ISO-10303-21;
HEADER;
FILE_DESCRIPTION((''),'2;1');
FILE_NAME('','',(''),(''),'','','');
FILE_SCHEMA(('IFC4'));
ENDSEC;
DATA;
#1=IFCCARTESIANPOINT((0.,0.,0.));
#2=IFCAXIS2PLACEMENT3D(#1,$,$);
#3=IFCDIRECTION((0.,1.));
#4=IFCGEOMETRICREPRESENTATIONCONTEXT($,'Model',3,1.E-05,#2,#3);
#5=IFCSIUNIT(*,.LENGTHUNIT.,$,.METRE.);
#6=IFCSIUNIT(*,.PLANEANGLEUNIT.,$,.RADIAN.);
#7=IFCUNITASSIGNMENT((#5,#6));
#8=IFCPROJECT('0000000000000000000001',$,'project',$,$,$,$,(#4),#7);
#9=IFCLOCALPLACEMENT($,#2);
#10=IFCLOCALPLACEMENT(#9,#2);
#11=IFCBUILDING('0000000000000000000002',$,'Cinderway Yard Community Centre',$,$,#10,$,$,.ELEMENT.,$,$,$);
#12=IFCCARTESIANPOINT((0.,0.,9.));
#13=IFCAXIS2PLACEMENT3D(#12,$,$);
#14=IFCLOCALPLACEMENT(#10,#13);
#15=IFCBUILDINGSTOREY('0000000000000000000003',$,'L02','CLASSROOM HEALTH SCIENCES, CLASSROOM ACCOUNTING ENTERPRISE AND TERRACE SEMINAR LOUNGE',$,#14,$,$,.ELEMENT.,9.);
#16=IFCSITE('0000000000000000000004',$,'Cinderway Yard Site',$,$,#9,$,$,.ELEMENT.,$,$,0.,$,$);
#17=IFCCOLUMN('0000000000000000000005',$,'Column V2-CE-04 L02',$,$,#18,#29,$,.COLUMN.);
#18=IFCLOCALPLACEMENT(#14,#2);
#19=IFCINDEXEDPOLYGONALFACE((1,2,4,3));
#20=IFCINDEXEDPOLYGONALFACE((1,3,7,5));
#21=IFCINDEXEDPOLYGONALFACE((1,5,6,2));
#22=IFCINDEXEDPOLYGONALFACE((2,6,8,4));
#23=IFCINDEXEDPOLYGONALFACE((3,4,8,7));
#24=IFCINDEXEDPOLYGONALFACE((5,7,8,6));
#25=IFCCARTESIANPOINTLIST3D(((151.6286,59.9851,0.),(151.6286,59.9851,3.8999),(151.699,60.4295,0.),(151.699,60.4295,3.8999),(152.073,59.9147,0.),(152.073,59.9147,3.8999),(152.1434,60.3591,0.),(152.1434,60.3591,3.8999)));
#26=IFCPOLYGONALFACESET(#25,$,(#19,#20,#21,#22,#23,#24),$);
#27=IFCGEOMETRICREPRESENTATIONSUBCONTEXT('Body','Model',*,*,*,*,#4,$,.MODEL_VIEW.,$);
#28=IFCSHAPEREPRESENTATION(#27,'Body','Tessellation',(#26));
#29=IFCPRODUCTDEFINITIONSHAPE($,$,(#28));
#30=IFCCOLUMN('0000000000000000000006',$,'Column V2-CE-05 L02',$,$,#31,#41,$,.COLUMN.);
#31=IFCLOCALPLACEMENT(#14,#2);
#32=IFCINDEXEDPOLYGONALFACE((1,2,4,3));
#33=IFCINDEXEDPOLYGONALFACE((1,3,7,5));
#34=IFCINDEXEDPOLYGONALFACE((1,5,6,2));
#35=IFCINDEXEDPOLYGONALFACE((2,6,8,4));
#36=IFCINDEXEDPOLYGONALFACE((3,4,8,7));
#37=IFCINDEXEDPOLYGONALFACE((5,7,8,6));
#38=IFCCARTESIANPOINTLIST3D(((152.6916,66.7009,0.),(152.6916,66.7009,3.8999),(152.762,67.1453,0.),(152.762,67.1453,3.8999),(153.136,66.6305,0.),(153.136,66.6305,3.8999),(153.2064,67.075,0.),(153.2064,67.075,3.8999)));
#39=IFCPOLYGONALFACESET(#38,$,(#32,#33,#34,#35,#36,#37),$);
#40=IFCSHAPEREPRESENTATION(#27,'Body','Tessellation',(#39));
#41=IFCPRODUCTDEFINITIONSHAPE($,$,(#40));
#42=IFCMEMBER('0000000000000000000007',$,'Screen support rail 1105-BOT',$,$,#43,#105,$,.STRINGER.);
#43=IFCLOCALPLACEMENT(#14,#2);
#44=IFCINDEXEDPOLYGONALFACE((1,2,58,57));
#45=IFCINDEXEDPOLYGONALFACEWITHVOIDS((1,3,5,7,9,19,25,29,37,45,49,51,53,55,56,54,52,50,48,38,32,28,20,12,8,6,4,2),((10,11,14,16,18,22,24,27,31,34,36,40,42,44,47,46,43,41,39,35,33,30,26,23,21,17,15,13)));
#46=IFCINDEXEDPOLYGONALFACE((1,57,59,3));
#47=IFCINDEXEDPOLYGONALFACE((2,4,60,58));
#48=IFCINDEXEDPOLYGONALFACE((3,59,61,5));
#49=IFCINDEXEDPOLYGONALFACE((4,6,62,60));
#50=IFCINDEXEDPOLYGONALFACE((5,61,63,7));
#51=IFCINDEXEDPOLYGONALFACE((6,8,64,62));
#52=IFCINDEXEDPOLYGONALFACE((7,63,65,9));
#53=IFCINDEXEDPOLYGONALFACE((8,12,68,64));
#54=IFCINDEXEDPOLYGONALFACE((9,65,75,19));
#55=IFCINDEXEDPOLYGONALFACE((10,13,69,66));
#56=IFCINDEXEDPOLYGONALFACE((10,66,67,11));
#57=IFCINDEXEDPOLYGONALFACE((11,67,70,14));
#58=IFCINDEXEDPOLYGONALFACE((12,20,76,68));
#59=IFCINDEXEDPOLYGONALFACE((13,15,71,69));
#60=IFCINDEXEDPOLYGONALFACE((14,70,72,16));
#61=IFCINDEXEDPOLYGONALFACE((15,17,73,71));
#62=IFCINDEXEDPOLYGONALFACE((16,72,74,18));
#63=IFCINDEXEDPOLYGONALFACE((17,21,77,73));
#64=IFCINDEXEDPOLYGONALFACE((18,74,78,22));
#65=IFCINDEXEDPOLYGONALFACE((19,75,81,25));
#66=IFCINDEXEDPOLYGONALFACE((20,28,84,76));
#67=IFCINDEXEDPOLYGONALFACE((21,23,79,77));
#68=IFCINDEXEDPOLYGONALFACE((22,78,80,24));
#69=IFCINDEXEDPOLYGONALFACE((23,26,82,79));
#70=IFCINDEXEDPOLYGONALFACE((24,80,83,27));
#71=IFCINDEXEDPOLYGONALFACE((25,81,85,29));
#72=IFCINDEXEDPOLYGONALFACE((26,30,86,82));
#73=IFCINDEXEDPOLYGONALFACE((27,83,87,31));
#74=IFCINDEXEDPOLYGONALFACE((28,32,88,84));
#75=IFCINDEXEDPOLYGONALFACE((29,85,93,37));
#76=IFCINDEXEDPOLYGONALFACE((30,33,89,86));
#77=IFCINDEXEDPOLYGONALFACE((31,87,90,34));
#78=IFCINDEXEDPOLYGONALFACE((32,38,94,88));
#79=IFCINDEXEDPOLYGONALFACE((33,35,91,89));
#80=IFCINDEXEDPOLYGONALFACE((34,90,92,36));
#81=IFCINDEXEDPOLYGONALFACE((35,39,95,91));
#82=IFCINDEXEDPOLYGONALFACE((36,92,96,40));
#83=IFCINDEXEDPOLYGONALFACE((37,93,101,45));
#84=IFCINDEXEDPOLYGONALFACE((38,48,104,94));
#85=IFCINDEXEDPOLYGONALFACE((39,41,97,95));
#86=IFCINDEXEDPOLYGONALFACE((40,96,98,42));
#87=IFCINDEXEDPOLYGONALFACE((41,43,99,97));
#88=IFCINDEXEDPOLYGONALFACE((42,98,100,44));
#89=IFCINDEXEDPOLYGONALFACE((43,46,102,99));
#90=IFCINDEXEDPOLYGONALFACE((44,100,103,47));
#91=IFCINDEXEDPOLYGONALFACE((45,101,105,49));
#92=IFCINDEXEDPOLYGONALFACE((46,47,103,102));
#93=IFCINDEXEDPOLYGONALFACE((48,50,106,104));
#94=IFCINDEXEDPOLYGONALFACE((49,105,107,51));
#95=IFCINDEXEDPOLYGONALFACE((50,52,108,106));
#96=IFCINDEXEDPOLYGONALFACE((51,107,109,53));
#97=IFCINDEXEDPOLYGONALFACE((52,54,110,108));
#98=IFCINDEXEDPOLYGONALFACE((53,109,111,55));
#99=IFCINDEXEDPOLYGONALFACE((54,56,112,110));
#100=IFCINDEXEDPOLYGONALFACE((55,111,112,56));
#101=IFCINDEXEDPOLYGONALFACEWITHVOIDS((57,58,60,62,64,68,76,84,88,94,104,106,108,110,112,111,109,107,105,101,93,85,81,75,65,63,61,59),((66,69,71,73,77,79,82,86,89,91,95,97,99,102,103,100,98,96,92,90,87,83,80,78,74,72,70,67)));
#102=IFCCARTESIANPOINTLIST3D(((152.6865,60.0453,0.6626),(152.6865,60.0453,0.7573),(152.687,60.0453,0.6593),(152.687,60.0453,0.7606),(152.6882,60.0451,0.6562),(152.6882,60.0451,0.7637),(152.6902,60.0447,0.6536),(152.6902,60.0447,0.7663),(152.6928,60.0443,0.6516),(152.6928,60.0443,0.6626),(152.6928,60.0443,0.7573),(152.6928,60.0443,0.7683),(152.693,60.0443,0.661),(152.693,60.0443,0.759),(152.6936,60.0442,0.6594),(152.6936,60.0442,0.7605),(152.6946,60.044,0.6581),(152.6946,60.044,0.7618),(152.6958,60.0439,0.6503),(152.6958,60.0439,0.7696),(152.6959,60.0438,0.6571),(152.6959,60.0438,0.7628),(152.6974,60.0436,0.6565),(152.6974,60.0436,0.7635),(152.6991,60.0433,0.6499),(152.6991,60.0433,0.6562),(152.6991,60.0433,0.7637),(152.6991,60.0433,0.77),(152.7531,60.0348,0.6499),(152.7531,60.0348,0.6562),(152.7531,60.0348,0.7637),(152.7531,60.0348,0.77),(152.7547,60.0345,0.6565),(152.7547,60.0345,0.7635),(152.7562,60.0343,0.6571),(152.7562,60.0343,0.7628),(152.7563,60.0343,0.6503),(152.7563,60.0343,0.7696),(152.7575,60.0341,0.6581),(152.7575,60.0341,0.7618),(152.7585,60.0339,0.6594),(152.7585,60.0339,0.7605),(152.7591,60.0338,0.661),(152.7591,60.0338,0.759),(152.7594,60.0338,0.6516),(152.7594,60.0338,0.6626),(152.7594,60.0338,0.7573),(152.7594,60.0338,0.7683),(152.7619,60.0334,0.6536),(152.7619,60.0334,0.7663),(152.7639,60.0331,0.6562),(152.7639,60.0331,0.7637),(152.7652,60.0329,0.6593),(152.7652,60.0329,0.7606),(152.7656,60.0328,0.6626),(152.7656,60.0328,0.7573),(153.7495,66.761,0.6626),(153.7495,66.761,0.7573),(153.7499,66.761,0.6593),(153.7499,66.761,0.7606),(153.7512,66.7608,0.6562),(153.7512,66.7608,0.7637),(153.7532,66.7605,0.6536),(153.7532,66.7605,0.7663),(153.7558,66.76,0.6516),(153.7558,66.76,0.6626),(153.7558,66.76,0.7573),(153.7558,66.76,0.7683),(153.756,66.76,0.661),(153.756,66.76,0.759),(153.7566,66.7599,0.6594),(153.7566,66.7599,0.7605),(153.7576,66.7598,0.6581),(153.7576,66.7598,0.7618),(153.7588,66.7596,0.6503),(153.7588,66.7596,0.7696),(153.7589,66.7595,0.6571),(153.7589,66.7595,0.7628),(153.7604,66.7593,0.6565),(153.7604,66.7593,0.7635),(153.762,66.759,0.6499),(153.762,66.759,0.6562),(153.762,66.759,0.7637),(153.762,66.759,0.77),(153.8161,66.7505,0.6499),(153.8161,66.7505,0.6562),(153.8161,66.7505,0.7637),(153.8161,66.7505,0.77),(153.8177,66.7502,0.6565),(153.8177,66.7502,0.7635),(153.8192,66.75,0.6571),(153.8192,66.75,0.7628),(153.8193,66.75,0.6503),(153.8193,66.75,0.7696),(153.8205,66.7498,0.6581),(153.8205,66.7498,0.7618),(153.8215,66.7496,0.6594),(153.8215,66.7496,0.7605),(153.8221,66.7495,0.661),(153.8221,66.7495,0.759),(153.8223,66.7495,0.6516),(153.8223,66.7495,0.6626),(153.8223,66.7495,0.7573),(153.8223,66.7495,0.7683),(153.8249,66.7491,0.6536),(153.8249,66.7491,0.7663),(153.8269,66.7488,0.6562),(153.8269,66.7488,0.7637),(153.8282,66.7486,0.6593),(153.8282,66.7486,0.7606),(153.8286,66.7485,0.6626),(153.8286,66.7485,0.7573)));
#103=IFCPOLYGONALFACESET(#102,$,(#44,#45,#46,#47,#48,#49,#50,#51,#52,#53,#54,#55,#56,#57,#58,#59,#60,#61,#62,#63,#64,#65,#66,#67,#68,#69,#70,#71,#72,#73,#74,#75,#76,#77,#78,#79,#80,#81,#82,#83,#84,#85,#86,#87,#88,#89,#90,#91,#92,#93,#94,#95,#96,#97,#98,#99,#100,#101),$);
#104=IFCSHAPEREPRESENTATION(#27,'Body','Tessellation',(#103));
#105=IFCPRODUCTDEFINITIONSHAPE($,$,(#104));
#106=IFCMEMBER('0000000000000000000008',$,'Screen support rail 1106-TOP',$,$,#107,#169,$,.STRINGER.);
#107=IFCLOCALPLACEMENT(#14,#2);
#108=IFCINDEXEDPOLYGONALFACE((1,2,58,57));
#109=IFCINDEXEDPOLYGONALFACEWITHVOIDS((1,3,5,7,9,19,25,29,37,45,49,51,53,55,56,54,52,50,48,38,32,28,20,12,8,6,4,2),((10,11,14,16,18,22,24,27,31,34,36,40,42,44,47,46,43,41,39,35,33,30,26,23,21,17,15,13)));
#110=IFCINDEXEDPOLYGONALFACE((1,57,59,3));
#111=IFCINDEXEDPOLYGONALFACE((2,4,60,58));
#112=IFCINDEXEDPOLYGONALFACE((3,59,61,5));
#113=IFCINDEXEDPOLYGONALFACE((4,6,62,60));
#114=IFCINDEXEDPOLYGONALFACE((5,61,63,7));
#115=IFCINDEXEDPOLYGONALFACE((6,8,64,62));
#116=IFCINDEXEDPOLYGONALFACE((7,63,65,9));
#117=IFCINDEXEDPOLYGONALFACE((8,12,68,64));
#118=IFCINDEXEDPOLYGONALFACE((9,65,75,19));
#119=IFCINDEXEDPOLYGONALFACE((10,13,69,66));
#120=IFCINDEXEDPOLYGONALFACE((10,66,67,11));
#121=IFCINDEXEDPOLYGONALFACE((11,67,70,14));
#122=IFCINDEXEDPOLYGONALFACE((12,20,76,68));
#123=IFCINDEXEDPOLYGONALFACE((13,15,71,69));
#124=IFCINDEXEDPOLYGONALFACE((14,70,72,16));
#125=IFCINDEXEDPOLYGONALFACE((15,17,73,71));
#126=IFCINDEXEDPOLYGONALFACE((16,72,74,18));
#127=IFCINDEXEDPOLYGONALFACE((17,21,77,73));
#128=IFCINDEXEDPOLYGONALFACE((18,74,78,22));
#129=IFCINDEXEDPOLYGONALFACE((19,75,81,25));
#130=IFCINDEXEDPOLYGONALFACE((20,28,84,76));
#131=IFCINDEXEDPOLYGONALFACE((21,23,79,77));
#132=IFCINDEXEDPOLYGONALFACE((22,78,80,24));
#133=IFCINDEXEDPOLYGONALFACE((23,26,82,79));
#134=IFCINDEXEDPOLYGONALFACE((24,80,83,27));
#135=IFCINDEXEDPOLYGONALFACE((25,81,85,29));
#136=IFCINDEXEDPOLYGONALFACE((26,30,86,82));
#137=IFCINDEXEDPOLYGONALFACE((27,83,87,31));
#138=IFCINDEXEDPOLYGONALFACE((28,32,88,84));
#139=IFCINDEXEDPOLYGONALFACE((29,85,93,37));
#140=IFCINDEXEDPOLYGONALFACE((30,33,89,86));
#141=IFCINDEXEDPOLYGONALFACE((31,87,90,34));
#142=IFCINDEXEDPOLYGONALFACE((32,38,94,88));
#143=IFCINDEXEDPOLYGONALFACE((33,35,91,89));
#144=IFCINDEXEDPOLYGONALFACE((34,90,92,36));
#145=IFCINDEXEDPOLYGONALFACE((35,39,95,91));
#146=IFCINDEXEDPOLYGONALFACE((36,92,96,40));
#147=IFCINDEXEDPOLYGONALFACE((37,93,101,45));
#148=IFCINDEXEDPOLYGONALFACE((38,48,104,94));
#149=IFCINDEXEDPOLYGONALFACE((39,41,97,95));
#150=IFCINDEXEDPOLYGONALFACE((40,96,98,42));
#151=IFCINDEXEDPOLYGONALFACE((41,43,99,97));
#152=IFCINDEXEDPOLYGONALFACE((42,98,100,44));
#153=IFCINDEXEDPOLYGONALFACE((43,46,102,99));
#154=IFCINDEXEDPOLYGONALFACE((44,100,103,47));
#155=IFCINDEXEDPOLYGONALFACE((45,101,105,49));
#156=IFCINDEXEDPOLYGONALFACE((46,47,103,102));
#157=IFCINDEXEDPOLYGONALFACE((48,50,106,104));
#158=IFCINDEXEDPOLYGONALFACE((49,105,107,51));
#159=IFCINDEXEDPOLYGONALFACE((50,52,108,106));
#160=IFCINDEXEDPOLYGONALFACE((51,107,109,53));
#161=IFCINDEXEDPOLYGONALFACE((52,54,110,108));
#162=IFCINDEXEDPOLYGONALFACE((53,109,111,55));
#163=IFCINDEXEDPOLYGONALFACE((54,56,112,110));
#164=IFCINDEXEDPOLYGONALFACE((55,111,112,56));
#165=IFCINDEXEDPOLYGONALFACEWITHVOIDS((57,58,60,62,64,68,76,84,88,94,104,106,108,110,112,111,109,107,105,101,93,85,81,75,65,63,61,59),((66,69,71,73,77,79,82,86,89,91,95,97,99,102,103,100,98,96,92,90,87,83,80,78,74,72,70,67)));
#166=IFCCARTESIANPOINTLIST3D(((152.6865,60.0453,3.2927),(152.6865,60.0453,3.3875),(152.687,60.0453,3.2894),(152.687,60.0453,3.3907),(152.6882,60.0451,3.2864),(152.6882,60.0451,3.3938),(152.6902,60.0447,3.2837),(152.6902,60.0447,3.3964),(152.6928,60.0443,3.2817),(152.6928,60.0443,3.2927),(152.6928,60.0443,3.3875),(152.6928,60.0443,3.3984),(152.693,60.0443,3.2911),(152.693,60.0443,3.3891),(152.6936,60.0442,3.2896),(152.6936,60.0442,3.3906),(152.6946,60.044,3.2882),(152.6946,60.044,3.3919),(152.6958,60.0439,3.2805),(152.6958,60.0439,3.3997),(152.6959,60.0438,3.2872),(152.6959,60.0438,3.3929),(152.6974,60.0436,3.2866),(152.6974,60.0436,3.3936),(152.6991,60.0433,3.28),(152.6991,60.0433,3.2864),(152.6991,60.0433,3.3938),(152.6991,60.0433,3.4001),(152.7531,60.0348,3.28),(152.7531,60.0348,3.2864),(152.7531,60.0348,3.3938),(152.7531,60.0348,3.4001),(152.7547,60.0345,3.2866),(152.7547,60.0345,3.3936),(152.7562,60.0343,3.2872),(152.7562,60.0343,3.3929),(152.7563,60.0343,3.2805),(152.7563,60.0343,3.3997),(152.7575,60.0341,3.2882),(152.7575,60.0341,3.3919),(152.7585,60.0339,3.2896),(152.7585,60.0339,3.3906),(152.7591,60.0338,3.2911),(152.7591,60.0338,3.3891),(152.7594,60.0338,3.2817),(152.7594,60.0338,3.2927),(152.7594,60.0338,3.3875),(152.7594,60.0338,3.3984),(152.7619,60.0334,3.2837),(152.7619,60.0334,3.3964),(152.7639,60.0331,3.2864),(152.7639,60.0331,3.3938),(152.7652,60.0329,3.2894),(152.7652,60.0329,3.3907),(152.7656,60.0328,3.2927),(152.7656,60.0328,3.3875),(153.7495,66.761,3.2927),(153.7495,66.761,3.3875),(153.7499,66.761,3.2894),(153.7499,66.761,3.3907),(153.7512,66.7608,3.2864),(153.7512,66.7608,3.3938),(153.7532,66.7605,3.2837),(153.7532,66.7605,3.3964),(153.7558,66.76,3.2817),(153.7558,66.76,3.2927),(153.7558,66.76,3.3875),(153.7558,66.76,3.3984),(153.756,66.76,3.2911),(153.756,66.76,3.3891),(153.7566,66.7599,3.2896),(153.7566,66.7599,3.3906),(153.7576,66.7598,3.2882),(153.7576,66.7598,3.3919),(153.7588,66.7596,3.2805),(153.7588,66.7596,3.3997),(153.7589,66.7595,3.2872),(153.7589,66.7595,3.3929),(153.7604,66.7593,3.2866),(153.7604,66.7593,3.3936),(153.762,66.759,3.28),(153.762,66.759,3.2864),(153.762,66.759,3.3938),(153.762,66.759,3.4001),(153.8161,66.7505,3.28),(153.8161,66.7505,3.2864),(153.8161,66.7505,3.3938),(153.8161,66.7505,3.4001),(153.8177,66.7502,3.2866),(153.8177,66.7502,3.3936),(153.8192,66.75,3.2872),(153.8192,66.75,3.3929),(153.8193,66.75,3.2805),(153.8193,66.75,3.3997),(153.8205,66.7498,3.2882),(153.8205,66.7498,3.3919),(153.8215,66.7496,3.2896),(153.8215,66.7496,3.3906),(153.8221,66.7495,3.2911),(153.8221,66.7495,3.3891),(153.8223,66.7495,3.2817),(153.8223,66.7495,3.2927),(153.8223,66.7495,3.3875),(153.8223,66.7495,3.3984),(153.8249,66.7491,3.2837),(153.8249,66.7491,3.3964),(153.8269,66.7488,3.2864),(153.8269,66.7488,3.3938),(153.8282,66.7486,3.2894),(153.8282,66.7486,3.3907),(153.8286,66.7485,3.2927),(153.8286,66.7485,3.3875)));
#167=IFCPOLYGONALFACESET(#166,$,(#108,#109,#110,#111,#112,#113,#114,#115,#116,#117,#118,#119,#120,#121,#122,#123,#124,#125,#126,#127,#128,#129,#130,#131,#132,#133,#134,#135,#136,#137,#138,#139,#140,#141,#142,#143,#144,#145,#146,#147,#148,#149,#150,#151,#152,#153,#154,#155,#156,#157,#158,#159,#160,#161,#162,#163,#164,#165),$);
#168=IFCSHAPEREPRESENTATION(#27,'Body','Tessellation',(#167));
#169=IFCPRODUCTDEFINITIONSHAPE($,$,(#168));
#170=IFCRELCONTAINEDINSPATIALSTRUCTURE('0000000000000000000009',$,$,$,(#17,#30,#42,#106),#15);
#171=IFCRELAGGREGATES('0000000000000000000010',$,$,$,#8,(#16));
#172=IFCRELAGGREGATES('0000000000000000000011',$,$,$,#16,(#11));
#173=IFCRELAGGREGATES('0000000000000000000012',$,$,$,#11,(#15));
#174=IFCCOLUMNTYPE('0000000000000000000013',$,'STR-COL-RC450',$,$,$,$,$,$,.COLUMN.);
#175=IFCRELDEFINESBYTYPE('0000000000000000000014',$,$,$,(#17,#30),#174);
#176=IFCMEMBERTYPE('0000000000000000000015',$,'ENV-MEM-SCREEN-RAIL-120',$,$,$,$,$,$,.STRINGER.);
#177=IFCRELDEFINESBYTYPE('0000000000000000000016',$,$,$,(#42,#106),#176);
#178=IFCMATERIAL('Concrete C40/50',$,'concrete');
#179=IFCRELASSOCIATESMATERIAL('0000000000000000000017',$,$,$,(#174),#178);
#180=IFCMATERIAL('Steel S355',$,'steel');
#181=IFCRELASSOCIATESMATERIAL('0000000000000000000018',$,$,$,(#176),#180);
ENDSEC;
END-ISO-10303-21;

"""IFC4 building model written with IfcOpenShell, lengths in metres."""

from ifc_helpers import new_model, si_unit, direction, frame, origin, origin_2d, place, context, subcontext, project, spatial, rectangle, hollow_rectangle, extrude, material, material_profile, profile_set, type_object, element, save


model = new_model("IFC4")

# Units and contexts
model_context = context("Model", 3, precision=1e-05, world=origin(), true_north=direction((0.0, 1.0)))
body_context = subcontext(model_context, "Body", "Model", "MODEL_VIEW")
ifc_project = project(units=[si_unit("LENGTHUNIT", "METRE"), si_unit("PLANEANGLEUNIT", "RADIAN")], contexts=[model_context])

# Site, building, storey
site_placement = place(None, origin())
site = spatial("IfcSite", under=ifc_project, at=site_placement, Name="Cinderway Yard Site", CompositionType="ELEMENT", RefElevation=0.0)
building_placement = place(site_placement, origin())
building = spatial("IfcBuilding", under=site, at=building_placement, Name="Cinderway Yard Community Centre", CompositionType="ELEMENT")
storey_placement = place(building_placement, frame((0.0, 0.0, 9.0)))
storey = spatial("IfcBuildingStorey", under=building, at=storey_placement, Name="L02", Description="CLASSROOM HEALTH SCIENCES, CLASSROOM ACCOUNTING ENTERPRISE AND TERRACE SEMINAR LOUNGE", CompositionType="ELEMENT", Elevation=9.0)

# Columns
ifc_material_1 = material(Name="Concrete C40/50", Category="concrete")
ifc_material_profile_1 = material_profile(ifc_material_1, rectangle(XDim=0.45, YDim=0.45, at=origin_2d()), Name="Concrete C40/50")
ifc_profile_set_1 = profile_set([ifc_material_profile_1], Name="Concrete C40/50")
column_type = type_object("IfcColumnType", Name="STR-COL-RC450", PredefinedType="COLUMN", material=ifc_profile_set_1)
for number, where, z_axis, x_axis, name in (
    (1, (151.886, 60.1721, 0.0), (0.0, 0.0, 1.0), (0.987688, -0.156434, 0.0), "Column V2-CE-04 L02"),
    (2, (152.949, 66.8879, 0.0), (0.0, 0.0, 1.0), (0.987688, -0.156434, 0.0), "Column V2-CE-05 L02"),
):
    element("IfcColumn", number, at=place(storey_placement, frame(where, z_axis=z_axis, x_axis=x_axis)), inside=storey, type_object=column_type, Name=name, PredefinedType="COLUMN", context=body_context, shape_type="SweptSolid", body=[
        extrude(rectangle(XDim=0.45, YDim=0.45, at=origin_2d()), origin(), (0.0, 0.0, 1.0), 3.8999),
    ])

# Members
ifc_material_2 = material(Name="Steel S355", Category="steel")
ifc_material_profile_2 = material_profile(ifc_material_2, hollow_rectangle(XDim=0.0801, YDim=0.1201, WallThickness=0.0063, InnerFilletRadius=0.0063, OuterFilletRadius=0.0127, at=origin_2d()), Name="Steel S355")
ifc_profile_set_2 = profile_set([ifc_material_profile_2], Name="Steel S355")
member_type_1 = type_object("IfcMemberType", Name="ENV-MEM-SCREEN-RAIL-120", PredefinedType="STRINGER", material=ifc_profile_set_2)
for number, where, z_axis, x_axis, name in (
    (3, (152.7261, 60.0391, 0.71), (0.156335, 0.987704, 0.0), (-0.987704, 0.156335, 0.0), "Screen support rail 1105-BOT"),
    (4, (152.7261, 60.0391, 3.3401), (0.156335, 0.987704, 0.0), (-0.987704, 0.156335, 0.0), "Screen support rail 1106-TOP"),
):
    element("IfcMember", number, at=place(storey_placement, frame(where, z_axis=z_axis, x_axis=x_axis)), inside=storey, type_object=member_type_1, Name=name, PredefinedType="STRINGER", context=body_context, shape_type="SweptSolid", body=[
        extrude(hollow_rectangle(XDim=0.0801, YDim=0.1201, WallThickness=0.0063, InnerFilletRadius=0.0063, OuterFilletRadius=0.0127, at=origin_2d()), origin(), (0.0, 0.0, 1.0), 6.7993),
    ])

save(model, "model.ifc")
